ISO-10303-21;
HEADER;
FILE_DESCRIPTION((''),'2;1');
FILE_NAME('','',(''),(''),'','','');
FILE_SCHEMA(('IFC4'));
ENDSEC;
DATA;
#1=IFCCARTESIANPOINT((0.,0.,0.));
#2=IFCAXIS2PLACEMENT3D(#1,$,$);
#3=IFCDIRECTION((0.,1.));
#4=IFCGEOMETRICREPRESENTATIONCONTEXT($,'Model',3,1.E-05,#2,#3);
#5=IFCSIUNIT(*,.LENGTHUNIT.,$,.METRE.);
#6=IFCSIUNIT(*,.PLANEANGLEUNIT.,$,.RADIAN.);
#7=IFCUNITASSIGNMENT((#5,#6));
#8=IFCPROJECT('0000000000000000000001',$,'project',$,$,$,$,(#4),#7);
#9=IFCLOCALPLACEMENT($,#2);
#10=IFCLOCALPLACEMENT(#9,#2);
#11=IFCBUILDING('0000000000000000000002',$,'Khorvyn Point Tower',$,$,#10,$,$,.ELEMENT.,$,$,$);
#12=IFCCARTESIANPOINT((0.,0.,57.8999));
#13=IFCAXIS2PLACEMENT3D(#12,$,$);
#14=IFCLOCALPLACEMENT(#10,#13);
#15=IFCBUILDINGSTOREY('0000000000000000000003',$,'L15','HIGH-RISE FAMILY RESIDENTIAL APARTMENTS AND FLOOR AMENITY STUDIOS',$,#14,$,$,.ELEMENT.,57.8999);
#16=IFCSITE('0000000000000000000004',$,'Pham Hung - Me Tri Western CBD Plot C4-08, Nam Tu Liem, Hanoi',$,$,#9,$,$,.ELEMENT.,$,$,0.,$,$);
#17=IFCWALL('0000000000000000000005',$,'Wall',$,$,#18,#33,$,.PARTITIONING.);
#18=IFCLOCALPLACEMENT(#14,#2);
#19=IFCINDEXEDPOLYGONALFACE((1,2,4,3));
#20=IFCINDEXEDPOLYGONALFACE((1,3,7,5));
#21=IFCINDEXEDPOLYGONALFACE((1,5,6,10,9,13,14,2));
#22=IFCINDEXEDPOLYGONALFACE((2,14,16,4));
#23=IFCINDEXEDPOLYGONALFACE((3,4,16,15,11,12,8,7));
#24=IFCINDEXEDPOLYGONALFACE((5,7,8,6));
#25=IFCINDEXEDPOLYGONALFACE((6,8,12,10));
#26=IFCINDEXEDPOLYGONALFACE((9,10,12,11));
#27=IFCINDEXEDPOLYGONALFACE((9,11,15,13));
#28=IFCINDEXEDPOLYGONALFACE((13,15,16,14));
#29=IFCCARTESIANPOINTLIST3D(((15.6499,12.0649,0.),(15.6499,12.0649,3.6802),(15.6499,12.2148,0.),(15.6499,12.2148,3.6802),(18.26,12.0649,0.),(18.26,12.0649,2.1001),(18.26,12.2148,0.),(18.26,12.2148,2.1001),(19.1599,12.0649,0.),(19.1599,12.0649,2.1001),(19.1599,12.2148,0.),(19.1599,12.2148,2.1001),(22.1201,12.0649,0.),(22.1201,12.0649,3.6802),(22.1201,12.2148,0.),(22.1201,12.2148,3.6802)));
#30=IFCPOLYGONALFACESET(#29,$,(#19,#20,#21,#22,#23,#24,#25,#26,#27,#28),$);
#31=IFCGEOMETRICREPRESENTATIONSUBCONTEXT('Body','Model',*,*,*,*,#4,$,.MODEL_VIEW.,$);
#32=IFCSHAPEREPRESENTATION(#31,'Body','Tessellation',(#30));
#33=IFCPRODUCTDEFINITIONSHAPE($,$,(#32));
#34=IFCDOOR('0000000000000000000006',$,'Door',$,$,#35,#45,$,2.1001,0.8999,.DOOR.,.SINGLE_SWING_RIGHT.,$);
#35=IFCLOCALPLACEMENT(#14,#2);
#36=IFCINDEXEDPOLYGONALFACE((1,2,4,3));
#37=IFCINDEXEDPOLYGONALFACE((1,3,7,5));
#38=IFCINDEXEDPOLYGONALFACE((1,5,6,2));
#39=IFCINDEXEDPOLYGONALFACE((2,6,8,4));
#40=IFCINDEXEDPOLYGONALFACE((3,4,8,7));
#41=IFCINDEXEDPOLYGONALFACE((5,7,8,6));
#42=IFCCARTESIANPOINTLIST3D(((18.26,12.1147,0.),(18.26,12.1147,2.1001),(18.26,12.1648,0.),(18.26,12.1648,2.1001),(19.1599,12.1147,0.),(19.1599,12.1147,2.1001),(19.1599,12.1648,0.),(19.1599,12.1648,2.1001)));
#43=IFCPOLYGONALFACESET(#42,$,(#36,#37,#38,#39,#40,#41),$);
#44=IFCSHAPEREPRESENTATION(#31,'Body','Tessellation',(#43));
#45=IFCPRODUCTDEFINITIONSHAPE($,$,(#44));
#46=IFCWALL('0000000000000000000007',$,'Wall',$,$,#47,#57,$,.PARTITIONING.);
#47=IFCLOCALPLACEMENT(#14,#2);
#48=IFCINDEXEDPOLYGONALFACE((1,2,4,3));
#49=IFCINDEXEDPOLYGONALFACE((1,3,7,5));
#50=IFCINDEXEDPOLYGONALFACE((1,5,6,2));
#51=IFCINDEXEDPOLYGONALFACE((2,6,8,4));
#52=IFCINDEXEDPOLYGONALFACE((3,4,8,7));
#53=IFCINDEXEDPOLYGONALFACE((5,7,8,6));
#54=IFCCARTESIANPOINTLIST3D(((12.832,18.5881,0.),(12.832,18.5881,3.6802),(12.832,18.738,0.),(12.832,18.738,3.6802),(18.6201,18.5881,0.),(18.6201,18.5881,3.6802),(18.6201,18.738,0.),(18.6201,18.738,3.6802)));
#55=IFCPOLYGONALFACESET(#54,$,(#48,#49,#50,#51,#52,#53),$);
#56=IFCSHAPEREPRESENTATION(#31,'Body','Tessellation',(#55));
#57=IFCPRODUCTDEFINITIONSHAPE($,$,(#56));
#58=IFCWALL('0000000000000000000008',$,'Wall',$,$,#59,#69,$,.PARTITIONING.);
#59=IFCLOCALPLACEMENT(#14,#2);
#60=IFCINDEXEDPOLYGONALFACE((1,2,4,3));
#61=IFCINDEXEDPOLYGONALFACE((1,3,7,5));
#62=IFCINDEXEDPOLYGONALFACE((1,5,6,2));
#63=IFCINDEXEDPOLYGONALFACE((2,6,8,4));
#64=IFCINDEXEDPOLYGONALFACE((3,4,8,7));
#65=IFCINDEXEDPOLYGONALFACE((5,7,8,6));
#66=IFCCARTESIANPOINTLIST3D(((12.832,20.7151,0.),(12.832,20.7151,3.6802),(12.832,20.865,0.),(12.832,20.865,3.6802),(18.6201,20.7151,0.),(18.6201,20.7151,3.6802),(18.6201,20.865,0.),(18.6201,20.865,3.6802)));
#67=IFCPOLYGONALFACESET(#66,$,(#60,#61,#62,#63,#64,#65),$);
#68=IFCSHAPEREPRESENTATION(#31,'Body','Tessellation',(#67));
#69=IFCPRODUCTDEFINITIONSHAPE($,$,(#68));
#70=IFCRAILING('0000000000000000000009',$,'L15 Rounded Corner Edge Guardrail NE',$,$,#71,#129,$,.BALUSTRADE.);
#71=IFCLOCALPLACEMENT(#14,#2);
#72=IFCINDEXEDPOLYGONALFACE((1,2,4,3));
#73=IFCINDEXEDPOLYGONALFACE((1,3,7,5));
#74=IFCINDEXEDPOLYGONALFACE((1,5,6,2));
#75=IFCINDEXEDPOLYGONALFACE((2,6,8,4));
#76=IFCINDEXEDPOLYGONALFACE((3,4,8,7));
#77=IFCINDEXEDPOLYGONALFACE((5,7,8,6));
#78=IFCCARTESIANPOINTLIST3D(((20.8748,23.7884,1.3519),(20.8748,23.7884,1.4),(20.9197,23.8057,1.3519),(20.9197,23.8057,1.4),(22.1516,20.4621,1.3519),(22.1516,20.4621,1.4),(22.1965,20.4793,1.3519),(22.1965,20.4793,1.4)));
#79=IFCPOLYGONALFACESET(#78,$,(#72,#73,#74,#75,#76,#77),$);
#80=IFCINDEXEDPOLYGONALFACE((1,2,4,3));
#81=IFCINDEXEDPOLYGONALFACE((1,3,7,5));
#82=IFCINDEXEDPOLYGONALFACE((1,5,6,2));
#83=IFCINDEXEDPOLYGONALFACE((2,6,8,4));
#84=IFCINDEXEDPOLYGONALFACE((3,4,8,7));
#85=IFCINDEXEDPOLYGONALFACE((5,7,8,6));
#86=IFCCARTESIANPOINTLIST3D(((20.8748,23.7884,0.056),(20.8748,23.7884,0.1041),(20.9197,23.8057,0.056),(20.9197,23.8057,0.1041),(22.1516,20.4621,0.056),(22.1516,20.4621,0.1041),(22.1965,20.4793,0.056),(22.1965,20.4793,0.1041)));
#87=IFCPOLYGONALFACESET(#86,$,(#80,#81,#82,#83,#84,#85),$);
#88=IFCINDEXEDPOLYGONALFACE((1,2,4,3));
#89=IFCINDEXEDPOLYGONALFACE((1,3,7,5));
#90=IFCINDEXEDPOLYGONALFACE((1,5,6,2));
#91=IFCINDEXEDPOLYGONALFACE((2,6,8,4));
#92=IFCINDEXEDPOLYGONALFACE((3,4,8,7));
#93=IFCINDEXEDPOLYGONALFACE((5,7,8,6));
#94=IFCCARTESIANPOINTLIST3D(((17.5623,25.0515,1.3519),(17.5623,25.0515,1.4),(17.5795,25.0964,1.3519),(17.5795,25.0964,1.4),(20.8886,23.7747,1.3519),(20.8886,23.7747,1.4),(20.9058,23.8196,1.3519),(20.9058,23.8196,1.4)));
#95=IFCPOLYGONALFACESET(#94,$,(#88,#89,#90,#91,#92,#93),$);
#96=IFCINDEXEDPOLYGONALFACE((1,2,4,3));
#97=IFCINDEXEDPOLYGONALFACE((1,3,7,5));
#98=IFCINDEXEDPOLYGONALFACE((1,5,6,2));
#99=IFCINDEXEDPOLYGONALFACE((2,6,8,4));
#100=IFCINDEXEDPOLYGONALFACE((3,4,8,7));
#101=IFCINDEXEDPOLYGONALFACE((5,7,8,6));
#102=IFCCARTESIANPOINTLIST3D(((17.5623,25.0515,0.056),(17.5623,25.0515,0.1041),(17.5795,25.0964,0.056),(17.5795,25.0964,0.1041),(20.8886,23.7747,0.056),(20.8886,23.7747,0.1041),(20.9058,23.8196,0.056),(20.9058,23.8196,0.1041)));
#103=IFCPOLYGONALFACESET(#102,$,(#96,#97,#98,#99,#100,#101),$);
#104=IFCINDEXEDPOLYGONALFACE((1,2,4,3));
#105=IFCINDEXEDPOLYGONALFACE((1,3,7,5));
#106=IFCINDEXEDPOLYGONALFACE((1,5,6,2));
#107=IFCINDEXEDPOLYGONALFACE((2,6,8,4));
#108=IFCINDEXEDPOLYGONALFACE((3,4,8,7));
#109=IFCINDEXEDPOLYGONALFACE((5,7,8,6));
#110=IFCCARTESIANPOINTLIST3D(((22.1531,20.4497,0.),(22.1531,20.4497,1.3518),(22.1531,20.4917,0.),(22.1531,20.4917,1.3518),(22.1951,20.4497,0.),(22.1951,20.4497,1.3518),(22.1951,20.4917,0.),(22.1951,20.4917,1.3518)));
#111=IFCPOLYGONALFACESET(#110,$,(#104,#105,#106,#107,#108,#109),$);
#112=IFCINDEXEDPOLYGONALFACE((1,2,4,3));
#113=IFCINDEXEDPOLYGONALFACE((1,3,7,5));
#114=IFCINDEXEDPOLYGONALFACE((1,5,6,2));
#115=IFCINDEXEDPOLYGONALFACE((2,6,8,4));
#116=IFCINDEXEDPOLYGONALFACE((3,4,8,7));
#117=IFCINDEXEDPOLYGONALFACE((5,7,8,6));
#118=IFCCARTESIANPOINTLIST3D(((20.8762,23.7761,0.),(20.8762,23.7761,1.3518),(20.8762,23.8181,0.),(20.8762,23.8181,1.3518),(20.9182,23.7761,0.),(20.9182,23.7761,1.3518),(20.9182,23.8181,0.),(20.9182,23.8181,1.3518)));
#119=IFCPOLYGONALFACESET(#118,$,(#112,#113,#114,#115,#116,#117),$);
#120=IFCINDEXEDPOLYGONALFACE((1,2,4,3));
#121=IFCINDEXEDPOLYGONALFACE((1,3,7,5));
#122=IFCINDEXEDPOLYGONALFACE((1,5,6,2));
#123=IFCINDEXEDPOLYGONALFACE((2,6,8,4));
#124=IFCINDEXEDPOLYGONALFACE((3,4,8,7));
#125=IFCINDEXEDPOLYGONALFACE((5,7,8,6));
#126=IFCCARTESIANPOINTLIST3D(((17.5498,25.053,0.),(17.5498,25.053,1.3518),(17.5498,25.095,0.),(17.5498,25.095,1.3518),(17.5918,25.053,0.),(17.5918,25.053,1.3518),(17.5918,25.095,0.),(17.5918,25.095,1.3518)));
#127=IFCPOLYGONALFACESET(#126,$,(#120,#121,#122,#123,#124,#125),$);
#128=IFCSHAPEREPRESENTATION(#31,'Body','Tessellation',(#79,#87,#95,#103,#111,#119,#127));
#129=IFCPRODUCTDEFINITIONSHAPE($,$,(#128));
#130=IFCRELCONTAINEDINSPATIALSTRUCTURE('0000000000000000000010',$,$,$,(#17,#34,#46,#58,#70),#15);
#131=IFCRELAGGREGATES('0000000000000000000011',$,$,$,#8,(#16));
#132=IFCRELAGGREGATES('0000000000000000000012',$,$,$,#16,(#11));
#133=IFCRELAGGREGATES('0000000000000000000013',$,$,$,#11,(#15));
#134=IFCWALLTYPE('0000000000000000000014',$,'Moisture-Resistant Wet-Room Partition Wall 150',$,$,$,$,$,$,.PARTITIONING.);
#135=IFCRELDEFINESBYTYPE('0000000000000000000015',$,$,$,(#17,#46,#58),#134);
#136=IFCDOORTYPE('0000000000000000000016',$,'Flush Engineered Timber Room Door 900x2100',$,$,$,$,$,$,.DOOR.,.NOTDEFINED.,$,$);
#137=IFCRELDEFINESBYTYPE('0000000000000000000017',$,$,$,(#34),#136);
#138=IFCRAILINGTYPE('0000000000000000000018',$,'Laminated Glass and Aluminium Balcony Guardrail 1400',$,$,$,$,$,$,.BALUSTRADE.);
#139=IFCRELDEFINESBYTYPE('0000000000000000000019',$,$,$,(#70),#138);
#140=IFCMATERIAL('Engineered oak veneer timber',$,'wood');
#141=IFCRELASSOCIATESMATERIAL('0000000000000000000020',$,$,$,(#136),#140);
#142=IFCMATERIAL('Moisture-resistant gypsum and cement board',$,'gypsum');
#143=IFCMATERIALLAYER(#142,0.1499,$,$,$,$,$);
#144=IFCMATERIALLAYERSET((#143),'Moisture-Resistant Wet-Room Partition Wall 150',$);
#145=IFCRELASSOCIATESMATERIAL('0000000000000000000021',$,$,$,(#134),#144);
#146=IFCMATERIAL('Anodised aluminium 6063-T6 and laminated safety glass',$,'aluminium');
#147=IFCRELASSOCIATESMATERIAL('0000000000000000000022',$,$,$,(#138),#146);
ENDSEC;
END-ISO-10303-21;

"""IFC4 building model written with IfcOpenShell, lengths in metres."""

from ifc_helpers import new_model, si_unit, direction, frame, frame_2d, origin, origin_2d, place, context, subcontext, project, spatial, rectangle, extrude, material, layer, layer_set, type_object, element, fill, save


model = new_model("IFC4")

# Units and contexts
model_context = context("Model", 3, precision=1e-05, world=origin(), true_north=direction((0.0, 1.0)))
body_context = subcontext(model_context, "Body", "Model", "MODEL_VIEW")
ifc_project = project(units=[si_unit("LENGTHUNIT", "METRE"), si_unit("PLANEANGLEUNIT", "RADIAN")], contexts=[model_context])

# Site, building, storey
site_placement = place(None, origin())
site = spatial("IfcSite", under=ifc_project, at=site_placement, Name="Pham Hung - Me Tri Western CBD Plot C4-08, Nam Tu Liem, Hanoi", CompositionType="ELEMENT", RefElevation=0.0)
building_placement = place(site_placement, origin())
building = spatial("IfcBuilding", under=site, at=building_placement, Name="Khorvyn Point Tower", CompositionType="ELEMENT")
storey_placement = place(building_placement, frame((0.0, 0.0, 57.8999)))
storey = spatial("IfcBuildingStorey", under=building, at=storey_placement, Name="L15", Description="HIGH-RISE FAMILY RESIDENTIAL APARTMENTS AND FLOOR AMENITY STUDIOS", CompositionType="ELEMENT", Elevation=57.8999)

# Wall, opening, door
ifc_material_1 = material(Name="Engineered oak veneer timber", Category="wood")
door_type_1 = type_object("IfcDoorType", Name="Flush Engineered Timber Room Door 900x2100", OperationType="NOTDEFINED", PredefinedType="DOOR", material=ifc_material_1)
ifc_material_2 = material(Name="Moisture-resistant gypsum and cement board", Category="gypsum")
ifc_layer_1 = layer(ifc_material_2, 0.1499)
ifc_layer_set_1 = layer_set([ifc_layer_1], Name="Moisture-Resistant Wet-Room Partition Wall 150")
wall_type_1 = type_object("IfcWallType", Name="Moisture-Resistant Wet-Room Partition Wall 150", PredefinedType="PARTITIONING", material=ifc_layer_set_1)
wall_1_placement = place(storey_placement, frame((15.6499, 12.1399, 0.0), z_axis=(0.0, 0.0, 1.0), x_axis=(1.0, 0.0, 0.0)))
wall_1 = element("IfcWall", 1, at=wall_1_placement, inside=storey, type_object=wall_type_1, Name="Wall", PredefinedType="PARTITIONING", context=body_context, shape_type="SweptSolid", body=[
    extrude(rectangle(XDim=6.4702, YDim=0.1499, at=frame_2d((3.2351, 0.0))), origin(), (0.0, 0.0, 1.0), 3.6802),
])
opening_1_placement = place(wall_1_placement, frame((2.6101, 0.0, 0.0)))
opening_1 = element("IfcOpeningElement", 2, at=opening_1_placement, cuts=wall_1, PredefinedType="OPENING", context=body_context, shape_type="SweptSolid", body=[
    extrude(rectangle(XDim=0.8999, YDim=2.1001, at=frame_2d((0.45, 1.05))), frame((0.0, 0.085, 0.0), z_axis=(0.0, -1.0, 0.0), x_axis=(1.0, 0.0, 0.0)), (0.0, 0.0, 1.0), 0.1699),
])
door_1_placement = place(opening_1_placement, origin())
door_1 = element("IfcDoor", 3, at=door_1_placement, inside=storey, type_object=door_type_1, Name="Door", OperationType="SINGLE_SWING_RIGHT", OverallHeight=2.1001, OverallWidth=0.8999, PredefinedType="DOOR", context=body_context, shape_type="SweptSolid", body=[
    extrude(rectangle(XDim=0.8999, YDim=2.1001, at=frame_2d((0.45, 1.05))), frame((0.0, 0.0249, 0.0), z_axis=(0.0, -1.0, 0.0), x_axis=(1.0, 0.0, 0.0)), (0.0, 0.0, 1.0), 0.05),
])
fill(opening_1, door_1)

# Walls
for number, where, z_axis, x_axis, name in (
    (4, (12.832, 18.6631, 0.0), (0.0, 0.0, 1.0), (1.0, 0.0, 0.0), "Wall"),
    (5, (12.832, 20.79, 0.0), (0.0, 0.0, 1.0), (1.0, 0.0, 0.0), "Wall"),
):
    element("IfcWall", number, at=place(storey_placement, frame(where, z_axis=z_axis, x_axis=x_axis)), inside=storey, type_object=wall_type_1, Name=name, PredefinedType="PARTITIONING", context=body_context, shape_type="SweptSolid", body=[
        extrude(rectangle(XDim=5.7881, YDim=0.1499, at=frame_2d((2.894, 0.0))), origin(), (0.0, 0.0, 1.0), 3.6802),
    ])

# Railing
ifc_material_3 = material(Name="Anodised aluminium 6063-T6 and laminated safety glass", Category="aluminium")
railing_type = type_object("IfcRailingType", Name="Laminated Glass and Aluminium Balcony Guardrail 1400", PredefinedType="BALUSTRADE", material=ifc_material_3)
railing_placement = place(storey_placement, frame((22.1741, 20.4707, 0.0)))
element("IfcRailing", 6, at=railing_placement, inside=storey, type_object=railing_type, Name="L15 Rounded Corner Edge Guardrail NE", PredefinedType="BALUSTRADE", context=body_context, shape_type="SweptSolid", body=[
    extrude(rectangle(XDim=0.0481, YDim=0.0481, at=origin_2d()), frame((0.0, 0.0, 1.376), z_axis=(-0.358359, 0.933584, 0.0), x_axis=(-0.933584, -0.358359, 0.0)), (0.0, 0.0, 1.0), 3.563),
    extrude(rectangle(XDim=0.0481, YDim=0.0481, at=origin_2d()), frame((0.0, 0.0, 0.0801), z_axis=(-0.358359, 0.933584, 0.0), x_axis=(-0.933584, -0.358359, 0.0)), (0.0, 0.0, 1.0), 3.563),
    extrude(rectangle(XDim=0.0481, YDim=0.0481, at=origin_2d()), frame((-1.2769, 3.3264, 1.376), z_axis=(-0.933584, 0.358359, 0.0), x_axis=(-0.358359, -0.933584, 0.0)), (0.0, 0.0, 1.0), 3.563),
    extrude(rectangle(XDim=0.0481, YDim=0.0481, at=origin_2d()), frame((-1.2769, 3.3264, 0.0801), z_axis=(-0.933584, 0.358359, 0.0), x_axis=(-0.358359, -0.933584, 0.0)), (0.0, 0.0, 1.0), 3.563),
    extrude(rectangle(XDim=0.042, YDim=0.042, at=origin_2d()), origin(), (0.0, 0.0, 1.0), 1.3518),
    extrude(rectangle(XDim=0.042, YDim=0.042, at=origin_2d()), frame((-1.2769, 3.3264, 0.0)), (0.0, 0.0, 1.0), 1.3518),
    extrude(rectangle(XDim=0.042, YDim=0.042, at=origin_2d()), frame((-4.6033, 4.6033, 0.0)), (0.0, 0.0, 1.0), 1.3518),
])

save(model, "model.ifc")
